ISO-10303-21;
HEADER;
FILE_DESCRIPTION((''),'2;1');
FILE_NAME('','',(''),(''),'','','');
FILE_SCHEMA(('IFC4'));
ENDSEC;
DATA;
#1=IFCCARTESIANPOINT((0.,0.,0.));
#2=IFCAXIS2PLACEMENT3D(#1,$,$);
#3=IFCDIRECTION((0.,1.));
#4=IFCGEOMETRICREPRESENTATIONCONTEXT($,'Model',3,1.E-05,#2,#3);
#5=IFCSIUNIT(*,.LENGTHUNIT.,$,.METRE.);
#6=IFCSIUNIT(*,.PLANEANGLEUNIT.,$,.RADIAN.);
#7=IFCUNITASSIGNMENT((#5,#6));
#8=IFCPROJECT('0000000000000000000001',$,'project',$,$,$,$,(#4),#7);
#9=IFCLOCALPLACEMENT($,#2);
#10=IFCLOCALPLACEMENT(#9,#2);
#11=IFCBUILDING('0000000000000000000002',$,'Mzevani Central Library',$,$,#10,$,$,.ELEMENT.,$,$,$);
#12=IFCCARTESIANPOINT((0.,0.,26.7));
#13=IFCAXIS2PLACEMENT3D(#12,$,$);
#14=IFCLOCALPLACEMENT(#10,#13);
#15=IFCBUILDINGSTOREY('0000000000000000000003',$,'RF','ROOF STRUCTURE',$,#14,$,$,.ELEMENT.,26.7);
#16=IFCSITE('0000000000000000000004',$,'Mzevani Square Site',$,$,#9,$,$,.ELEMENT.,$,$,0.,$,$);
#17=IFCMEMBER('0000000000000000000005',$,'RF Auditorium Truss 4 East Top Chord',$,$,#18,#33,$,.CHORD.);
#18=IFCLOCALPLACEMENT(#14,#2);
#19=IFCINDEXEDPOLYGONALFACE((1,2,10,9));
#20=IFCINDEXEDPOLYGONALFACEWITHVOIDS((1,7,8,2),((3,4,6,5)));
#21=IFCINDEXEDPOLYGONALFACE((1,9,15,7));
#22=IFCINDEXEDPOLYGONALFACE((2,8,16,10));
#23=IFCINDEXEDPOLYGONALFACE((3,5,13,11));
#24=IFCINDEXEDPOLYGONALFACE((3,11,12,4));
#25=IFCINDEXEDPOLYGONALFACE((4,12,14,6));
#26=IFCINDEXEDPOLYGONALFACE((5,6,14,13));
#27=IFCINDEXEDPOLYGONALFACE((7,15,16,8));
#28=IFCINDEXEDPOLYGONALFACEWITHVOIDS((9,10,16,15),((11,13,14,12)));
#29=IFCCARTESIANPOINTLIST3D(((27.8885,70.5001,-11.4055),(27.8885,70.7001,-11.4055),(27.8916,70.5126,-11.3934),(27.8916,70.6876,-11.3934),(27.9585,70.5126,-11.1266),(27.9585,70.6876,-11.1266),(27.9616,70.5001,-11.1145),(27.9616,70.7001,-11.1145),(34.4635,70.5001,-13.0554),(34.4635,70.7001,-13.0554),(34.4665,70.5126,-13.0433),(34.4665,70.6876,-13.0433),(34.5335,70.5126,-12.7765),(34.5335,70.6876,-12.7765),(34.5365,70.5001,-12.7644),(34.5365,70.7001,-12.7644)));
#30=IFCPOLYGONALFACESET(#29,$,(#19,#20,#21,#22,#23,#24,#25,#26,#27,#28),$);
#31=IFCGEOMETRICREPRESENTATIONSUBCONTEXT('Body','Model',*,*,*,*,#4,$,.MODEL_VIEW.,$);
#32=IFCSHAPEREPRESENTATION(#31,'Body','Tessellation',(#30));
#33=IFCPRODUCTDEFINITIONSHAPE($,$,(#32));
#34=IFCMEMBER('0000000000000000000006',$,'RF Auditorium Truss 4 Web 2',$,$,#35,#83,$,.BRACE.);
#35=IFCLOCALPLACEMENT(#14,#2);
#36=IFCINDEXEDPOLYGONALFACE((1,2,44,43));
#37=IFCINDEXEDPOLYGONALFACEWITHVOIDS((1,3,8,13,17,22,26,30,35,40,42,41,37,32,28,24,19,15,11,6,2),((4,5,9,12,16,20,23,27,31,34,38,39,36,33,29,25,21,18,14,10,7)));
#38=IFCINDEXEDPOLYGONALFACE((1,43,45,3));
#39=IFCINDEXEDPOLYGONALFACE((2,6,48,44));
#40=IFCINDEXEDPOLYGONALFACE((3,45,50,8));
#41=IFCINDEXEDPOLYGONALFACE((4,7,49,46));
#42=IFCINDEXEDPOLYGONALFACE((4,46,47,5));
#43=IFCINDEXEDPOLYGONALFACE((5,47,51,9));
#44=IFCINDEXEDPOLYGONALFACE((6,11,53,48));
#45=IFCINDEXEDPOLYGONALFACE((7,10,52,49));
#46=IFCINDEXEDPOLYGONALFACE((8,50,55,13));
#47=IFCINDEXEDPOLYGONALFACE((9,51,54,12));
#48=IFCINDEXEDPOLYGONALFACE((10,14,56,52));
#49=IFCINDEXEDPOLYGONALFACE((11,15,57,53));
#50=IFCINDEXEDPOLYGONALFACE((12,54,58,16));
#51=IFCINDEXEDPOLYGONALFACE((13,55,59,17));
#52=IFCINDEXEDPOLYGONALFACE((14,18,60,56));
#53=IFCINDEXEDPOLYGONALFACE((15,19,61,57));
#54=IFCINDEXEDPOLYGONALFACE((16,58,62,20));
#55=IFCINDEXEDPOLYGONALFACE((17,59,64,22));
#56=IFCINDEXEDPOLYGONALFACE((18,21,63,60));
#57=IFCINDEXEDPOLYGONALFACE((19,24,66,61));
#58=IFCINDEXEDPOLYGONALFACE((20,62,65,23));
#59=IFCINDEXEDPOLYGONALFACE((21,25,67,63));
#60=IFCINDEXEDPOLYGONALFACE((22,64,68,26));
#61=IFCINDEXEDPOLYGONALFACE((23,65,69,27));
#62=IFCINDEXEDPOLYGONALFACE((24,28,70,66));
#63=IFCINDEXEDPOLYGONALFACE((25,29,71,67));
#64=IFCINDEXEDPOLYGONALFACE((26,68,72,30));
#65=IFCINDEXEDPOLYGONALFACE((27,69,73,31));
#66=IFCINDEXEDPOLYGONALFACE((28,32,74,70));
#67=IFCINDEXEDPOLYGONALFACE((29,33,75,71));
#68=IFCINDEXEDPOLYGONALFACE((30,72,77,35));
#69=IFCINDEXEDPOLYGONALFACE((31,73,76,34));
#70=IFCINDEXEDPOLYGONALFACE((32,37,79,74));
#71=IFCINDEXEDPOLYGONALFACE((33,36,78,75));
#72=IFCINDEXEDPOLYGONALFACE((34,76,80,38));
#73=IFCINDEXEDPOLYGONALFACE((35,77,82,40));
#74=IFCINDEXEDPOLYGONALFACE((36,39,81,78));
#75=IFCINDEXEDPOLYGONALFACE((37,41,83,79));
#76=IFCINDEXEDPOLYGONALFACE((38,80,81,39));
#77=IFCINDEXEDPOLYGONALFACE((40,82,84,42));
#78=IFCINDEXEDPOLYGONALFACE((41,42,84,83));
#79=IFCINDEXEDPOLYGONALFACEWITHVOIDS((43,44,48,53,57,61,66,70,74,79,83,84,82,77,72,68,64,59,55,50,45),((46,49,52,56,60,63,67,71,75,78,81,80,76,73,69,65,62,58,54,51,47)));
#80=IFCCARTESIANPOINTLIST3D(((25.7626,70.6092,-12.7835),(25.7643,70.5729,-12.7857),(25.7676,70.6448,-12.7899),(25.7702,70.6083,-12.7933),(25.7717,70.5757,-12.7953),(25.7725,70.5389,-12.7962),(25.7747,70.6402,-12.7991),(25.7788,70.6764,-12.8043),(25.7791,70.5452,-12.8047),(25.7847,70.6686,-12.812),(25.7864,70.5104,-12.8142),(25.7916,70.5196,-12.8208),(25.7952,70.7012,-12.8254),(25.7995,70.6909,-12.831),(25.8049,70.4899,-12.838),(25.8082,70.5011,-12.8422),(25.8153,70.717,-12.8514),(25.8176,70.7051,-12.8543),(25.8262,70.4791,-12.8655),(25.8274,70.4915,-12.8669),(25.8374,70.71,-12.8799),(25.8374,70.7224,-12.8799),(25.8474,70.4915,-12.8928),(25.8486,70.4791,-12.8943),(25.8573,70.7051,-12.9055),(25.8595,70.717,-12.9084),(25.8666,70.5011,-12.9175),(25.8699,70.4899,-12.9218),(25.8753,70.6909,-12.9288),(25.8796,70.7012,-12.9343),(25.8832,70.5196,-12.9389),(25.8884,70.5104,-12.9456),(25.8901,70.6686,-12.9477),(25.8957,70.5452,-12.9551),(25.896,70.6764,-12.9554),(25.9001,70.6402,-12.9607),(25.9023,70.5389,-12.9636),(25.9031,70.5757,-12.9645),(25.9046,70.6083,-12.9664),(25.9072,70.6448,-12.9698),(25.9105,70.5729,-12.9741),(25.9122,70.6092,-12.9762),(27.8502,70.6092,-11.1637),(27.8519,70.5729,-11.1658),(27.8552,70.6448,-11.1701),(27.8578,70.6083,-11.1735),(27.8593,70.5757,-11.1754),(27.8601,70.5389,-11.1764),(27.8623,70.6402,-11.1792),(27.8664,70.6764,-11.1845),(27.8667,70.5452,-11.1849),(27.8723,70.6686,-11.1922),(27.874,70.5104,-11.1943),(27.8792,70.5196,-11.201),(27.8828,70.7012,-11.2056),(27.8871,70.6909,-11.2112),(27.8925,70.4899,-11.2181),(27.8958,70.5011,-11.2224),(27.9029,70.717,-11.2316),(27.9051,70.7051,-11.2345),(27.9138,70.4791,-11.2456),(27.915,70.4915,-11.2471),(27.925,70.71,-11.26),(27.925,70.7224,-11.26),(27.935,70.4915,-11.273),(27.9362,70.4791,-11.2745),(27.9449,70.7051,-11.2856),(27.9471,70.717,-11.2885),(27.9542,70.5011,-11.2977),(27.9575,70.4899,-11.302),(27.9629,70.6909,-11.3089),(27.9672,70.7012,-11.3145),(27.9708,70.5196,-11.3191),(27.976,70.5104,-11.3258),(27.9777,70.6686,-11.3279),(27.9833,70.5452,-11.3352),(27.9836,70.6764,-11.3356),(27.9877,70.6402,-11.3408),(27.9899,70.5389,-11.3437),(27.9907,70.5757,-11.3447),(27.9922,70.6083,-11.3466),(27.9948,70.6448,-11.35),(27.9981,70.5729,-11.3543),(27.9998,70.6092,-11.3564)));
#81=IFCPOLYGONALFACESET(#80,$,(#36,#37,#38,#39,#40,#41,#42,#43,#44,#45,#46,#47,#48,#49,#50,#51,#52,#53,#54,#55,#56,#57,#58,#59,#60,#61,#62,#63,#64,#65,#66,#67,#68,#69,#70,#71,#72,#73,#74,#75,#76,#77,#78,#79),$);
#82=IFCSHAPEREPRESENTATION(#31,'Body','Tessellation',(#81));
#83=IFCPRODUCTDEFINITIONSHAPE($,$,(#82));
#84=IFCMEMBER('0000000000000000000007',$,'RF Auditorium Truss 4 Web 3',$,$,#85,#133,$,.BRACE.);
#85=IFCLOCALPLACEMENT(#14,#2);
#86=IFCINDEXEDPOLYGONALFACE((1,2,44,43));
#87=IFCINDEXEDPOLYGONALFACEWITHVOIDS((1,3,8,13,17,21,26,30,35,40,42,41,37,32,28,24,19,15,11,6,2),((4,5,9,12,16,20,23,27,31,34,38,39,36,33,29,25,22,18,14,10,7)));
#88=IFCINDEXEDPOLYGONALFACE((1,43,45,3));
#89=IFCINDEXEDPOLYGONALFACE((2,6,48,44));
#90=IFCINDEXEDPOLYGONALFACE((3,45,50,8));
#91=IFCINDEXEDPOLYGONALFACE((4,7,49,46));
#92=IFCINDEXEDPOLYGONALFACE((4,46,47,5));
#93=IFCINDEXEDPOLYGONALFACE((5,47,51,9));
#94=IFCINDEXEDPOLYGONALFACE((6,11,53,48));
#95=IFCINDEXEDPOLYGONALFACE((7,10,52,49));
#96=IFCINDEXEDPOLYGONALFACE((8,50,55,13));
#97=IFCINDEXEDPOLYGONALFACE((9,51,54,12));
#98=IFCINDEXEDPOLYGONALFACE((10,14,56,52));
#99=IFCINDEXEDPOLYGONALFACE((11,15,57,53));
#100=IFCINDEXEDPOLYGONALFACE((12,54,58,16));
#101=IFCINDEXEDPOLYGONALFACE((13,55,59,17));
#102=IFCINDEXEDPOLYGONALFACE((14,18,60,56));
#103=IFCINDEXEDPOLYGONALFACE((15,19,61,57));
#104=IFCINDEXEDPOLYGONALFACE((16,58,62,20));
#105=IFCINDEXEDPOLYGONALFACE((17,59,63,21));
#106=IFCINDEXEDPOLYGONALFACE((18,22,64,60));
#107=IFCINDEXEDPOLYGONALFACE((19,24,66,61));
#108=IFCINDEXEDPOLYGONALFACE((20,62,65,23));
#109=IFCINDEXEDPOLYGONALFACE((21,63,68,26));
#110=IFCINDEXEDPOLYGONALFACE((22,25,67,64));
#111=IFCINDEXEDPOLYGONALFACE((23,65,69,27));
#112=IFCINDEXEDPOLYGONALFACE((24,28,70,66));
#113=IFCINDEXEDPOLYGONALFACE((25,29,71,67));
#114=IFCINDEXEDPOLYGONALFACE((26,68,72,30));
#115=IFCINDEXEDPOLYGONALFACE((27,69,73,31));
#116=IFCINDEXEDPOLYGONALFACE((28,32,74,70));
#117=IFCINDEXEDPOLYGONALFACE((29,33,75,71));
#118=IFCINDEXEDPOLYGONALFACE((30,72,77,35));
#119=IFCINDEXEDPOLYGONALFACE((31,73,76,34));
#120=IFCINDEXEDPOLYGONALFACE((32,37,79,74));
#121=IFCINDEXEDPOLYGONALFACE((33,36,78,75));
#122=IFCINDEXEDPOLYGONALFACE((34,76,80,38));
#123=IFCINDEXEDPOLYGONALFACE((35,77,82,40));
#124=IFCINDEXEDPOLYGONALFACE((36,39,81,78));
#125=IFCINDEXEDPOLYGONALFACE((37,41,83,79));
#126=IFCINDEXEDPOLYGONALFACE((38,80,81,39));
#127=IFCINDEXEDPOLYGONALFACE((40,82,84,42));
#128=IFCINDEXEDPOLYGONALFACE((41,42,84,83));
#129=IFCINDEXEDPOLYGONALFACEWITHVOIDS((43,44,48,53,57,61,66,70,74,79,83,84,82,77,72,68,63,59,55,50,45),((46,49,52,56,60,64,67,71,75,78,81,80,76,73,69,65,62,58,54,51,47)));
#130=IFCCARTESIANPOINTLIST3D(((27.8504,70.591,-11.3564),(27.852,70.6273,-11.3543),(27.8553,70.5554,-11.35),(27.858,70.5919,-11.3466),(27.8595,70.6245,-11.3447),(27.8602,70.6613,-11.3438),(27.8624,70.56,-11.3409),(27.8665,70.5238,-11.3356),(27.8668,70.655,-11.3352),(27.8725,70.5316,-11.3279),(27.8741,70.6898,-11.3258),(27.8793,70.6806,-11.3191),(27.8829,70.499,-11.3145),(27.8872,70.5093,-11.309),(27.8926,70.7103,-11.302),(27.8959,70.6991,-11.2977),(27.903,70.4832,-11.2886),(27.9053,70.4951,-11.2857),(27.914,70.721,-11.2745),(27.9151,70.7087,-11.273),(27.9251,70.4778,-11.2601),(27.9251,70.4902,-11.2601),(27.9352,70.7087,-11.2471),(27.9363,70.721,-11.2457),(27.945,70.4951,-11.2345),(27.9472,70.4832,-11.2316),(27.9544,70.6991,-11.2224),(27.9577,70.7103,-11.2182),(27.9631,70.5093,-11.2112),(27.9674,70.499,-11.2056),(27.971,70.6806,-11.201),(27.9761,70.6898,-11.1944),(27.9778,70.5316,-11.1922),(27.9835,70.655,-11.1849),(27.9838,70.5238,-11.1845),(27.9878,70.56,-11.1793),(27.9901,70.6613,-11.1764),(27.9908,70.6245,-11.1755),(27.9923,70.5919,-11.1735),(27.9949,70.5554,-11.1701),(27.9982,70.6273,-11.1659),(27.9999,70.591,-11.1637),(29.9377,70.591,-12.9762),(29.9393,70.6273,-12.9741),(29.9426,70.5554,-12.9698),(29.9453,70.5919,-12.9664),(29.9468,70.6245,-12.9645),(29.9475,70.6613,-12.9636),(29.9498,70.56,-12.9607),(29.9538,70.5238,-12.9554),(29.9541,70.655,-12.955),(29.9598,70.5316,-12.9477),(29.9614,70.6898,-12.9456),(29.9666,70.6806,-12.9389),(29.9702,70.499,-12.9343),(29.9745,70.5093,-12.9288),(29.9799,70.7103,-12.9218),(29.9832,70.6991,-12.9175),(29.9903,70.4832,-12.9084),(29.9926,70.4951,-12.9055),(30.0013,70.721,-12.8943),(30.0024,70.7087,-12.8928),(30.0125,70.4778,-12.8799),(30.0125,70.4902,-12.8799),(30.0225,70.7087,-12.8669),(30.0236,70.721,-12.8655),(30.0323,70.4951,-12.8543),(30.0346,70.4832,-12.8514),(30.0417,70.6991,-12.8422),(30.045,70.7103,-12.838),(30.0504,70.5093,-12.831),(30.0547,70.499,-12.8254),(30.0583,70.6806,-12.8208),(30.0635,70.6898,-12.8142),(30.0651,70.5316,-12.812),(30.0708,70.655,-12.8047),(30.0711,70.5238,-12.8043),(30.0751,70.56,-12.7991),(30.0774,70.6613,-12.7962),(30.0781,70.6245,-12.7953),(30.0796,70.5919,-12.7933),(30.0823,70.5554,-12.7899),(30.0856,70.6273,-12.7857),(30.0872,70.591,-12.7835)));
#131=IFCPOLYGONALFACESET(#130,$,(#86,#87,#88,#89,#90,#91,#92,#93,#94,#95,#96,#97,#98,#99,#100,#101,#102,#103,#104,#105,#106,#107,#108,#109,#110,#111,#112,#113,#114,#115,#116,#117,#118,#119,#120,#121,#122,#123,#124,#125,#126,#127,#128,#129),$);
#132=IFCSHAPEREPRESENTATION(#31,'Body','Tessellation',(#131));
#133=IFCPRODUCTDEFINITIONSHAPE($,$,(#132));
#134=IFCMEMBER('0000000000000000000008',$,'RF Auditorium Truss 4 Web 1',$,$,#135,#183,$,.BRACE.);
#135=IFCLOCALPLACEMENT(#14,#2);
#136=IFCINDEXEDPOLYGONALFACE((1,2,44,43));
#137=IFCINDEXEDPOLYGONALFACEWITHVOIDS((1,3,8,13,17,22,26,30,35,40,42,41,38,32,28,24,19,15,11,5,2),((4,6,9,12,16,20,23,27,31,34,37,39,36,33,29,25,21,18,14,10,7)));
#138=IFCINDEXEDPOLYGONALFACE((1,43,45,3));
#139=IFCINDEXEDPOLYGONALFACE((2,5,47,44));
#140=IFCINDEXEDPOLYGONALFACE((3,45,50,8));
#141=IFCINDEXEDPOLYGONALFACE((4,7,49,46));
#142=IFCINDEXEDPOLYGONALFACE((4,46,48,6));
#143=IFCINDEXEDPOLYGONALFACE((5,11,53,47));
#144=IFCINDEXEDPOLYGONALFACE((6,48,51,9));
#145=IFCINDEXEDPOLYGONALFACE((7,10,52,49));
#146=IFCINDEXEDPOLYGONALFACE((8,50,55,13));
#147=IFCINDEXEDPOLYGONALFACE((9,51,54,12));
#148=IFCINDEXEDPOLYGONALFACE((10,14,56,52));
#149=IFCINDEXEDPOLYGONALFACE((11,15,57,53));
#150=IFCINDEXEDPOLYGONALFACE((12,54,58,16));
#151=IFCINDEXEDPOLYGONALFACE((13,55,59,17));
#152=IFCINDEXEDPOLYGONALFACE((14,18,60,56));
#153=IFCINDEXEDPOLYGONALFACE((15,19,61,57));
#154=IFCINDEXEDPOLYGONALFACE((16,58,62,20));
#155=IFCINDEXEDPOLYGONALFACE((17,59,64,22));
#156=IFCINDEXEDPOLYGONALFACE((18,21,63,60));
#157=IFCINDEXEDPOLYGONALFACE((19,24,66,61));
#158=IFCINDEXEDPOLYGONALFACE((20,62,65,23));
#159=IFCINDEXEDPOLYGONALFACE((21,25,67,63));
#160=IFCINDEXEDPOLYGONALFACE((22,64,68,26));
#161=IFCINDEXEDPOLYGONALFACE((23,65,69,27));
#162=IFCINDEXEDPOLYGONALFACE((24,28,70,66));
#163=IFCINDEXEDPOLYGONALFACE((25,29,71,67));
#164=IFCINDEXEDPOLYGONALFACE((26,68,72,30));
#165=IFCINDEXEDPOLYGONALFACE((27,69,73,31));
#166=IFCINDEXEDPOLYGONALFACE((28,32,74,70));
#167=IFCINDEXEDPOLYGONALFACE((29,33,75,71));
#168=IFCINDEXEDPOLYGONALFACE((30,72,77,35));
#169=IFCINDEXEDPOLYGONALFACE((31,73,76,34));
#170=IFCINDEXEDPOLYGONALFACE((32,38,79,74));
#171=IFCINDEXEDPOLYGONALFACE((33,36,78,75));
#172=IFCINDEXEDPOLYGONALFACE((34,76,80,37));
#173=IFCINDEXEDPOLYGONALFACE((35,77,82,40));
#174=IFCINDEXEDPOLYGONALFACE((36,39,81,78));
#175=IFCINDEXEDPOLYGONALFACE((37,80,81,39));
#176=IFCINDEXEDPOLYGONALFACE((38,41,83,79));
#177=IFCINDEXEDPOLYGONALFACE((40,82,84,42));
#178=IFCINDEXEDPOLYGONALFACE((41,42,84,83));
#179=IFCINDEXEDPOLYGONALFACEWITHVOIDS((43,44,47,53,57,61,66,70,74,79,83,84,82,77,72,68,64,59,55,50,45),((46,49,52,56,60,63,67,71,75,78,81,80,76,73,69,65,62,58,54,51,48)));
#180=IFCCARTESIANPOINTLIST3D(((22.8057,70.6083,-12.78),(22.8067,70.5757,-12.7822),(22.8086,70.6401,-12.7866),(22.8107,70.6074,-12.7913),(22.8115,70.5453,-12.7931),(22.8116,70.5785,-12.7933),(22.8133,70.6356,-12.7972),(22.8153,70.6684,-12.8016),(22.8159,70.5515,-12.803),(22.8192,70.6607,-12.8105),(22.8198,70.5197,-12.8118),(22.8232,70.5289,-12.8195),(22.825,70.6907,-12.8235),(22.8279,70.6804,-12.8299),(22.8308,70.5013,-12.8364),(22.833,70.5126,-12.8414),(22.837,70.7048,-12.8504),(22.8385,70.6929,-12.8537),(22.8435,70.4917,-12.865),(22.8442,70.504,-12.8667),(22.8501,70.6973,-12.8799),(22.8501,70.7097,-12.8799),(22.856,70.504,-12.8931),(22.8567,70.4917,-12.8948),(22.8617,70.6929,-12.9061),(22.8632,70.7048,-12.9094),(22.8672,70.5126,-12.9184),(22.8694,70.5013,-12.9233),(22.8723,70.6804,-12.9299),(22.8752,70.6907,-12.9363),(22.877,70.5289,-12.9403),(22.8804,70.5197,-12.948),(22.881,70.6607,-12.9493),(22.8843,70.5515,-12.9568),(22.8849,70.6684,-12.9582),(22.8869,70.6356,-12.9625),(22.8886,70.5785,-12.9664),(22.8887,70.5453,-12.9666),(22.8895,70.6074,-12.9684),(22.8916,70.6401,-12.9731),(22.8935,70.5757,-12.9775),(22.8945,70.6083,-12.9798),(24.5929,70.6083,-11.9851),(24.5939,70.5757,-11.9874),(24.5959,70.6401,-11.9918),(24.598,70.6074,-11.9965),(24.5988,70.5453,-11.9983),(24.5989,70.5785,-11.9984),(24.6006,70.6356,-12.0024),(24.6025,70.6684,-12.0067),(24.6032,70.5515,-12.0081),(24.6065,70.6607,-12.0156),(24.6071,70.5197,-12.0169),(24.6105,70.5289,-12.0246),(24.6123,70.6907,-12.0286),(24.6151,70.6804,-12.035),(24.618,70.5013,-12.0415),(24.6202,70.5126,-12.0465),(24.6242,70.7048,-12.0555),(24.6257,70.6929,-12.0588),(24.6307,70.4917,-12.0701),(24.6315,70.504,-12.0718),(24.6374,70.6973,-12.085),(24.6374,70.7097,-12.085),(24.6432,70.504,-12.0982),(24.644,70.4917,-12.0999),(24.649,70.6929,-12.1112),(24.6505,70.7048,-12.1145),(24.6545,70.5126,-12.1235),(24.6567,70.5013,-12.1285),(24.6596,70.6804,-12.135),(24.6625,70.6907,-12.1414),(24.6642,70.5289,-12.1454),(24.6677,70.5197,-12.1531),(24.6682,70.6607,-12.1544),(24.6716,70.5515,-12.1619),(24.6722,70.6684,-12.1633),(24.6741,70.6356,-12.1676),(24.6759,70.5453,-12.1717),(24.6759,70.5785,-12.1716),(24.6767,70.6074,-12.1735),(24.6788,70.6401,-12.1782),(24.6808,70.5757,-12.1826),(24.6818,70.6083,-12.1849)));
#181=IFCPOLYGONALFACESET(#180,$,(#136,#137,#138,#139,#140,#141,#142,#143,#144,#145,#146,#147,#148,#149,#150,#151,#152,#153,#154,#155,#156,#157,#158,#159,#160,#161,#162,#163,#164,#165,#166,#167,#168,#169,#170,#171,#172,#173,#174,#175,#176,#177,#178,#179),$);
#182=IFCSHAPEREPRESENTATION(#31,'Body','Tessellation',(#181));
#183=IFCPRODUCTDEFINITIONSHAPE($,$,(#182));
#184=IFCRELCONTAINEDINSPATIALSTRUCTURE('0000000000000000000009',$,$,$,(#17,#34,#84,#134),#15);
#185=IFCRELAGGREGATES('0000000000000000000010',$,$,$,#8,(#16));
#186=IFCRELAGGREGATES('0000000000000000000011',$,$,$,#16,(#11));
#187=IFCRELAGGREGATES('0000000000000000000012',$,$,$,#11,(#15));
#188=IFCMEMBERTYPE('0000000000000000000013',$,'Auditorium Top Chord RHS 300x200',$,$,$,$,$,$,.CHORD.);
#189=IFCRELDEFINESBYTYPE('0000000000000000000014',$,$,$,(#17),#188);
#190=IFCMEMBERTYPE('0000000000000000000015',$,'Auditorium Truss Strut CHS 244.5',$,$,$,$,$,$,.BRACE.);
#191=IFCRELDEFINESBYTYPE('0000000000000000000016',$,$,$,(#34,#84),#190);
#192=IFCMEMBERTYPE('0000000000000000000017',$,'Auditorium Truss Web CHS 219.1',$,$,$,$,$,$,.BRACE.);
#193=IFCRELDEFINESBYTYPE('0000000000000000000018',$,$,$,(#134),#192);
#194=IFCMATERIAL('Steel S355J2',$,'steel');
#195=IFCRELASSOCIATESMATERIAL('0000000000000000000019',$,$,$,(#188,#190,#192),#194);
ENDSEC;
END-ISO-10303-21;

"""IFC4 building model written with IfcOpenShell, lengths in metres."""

from ifc_helpers import new_model, si_unit, direction, frame, origin, origin_2d, place, context, subcontext, project, spatial, hollow_rectangle, hollow_circle, extrude, material, material_profile, profile_set, type_object, element, save


model = new_model("IFC4")

# Units and contexts
model_context = context("Model", 3, precision=1e-05, world=origin(), true_north=direction((0.0, 1.0)))
body_context = subcontext(model_context, "Body", "Model", "MODEL_VIEW")
ifc_project = project(units=[si_unit("LENGTHUNIT", "METRE"), si_unit("PLANEANGLEUNIT", "RADIAN")], contexts=[model_context])

# Site, building, storey
site_placement = place(None, origin())
site = spatial("IfcSite", under=ifc_project, at=site_placement, Name="Mzevani Square Site", CompositionType="ELEMENT", RefElevation=0.0)
building_placement = place(site_placement, origin())
building = spatial("IfcBuilding", under=site, at=building_placement, Name="Mzevani Central Library", CompositionType="ELEMENT")
storey_placement = place(building_placement, frame((0.0, 0.0, 26.7)))
storey = spatial("IfcBuildingStorey", under=building, at=storey_placement, Name="RF", Description="ROOF STRUCTURE", CompositionType="ELEMENT", Elevation=26.7)

# Members
ifc_material_1 = material(Name="Steel S355J2", Category="steel")
ifc_material_profile_1 = material_profile(ifc_material_1, hollow_rectangle(XDim=0.2, YDim=0.3, WallThickness=0.0125, at=origin_2d()), Name="RHS 300x200x12.5")
ifc_profile_set_1 = profile_set([ifc_material_profile_1], Name="Steel S355J2")
member_type_1 = type_object("IfcMemberType", Name="Auditorium Top Chord RHS 300x200", PredefinedType="CHORD", material=ifc_profile_set_1)
member_1_placement = place(storey_placement, frame((27.925, 70.6001, -11.26), z_axis=(0.969928, 0.0, -0.243391), x_axis=(0.0, 1.0, 0.0)))
element("IfcMember", 1, at=member_1_placement, inside=storey, type_object=member_type_1, Name="RF Auditorium Truss 4 East Top Chord", PredefinedType="CHORD", context=body_context, shape_type="SweptSolid", body=[
    extrude(hollow_rectangle(XDim=0.2, YDim=0.3, WallThickness=0.0125, at=origin_2d()), origin(), (0.0, 0.0, 1.0), 6.7788),
])
ifc_material_profile_2 = material_profile(ifc_material_1, hollow_circle(Radius=0.1223, WallThickness=0.0125, at=origin_2d()), Name="CHS 244.5x12.5")
ifc_profile_set_2 = profile_set([ifc_material_profile_2], Name="Steel S355J2")
member_type_2 = type_object("IfcMemberType", Name="Auditorium Truss Strut CHS 244.5", PredefinedType="BRACE", material=ifc_profile_set_2)
member_2_placement = place(storey_placement, frame((25.8374, 70.6001, -12.8799), z_axis=(0.790058, 0.0, 0.613032), x_axis=(0.0, 1.0, 0.0)))
element("IfcMember", 2, at=member_2_placement, inside=storey, type_object=member_type_2, Name="RF Auditorium Truss 4 Web 2", PredefinedType="BRACE", context=body_context, shape_type="SweptSolid", body=[
    extrude(hollow_circle(Radius=0.1223, WallThickness=0.0125, at=origin_2d()), origin(), (0.0, 0.0, 1.0), 2.6423),
])
member_3_placement = place(storey_placement, frame((30.0125, 70.6001, -12.8799), z_axis=(-0.790023, 0.0, 0.613077), x_axis=(0.0, -1.0, 0.0)))
element("IfcMember", 3, at=member_3_placement, inside=storey, type_object=member_type_2, Name="RF Auditorium Truss 4 Web 3", PredefinedType="BRACE", context=body_context, shape_type="SweptSolid", body=[
    extrude(hollow_circle(Radius=0.1223, WallThickness=0.0125, at=origin_2d()), origin(), (0.0, 0.0, 1.0), 2.6421),
])
ifc_material_profile_3 = material_profile(ifc_material_1, hollow_circle(Radius=0.1096, WallThickness=0.0125, at=origin_2d()), Name="CHS 219.1x12.5")
ifc_profile_set_3 = profile_set([ifc_material_profile_3], Name="Steel S355J2")
member_type_3 = type_object("IfcMemberType", Name="Auditorium Truss Web CHS 219.1", PredefinedType="BRACE", material=ifc_profile_set_3)
member_4_placement = place(storey_placement, frame((22.8501, 70.6001, -12.8799), z_axis=(0.913709, 0.0, 0.40637), x_axis=(0.0, 1.0, 0.0)))
element("IfcMember", 4, at=member_4_placement, inside=storey, type_object=member_type_3, Name="RF Auditorium Truss 4 Web 1", PredefinedType="BRACE", context=body_context, shape_type="SweptSolid", body=[
    extrude(hollow_circle(Radius=0.1096, WallThickness=0.0125, at=origin_2d()), origin(), (0.0, 0.0, 1.0), 1.9561),
])

save(model, "model.ifc")
